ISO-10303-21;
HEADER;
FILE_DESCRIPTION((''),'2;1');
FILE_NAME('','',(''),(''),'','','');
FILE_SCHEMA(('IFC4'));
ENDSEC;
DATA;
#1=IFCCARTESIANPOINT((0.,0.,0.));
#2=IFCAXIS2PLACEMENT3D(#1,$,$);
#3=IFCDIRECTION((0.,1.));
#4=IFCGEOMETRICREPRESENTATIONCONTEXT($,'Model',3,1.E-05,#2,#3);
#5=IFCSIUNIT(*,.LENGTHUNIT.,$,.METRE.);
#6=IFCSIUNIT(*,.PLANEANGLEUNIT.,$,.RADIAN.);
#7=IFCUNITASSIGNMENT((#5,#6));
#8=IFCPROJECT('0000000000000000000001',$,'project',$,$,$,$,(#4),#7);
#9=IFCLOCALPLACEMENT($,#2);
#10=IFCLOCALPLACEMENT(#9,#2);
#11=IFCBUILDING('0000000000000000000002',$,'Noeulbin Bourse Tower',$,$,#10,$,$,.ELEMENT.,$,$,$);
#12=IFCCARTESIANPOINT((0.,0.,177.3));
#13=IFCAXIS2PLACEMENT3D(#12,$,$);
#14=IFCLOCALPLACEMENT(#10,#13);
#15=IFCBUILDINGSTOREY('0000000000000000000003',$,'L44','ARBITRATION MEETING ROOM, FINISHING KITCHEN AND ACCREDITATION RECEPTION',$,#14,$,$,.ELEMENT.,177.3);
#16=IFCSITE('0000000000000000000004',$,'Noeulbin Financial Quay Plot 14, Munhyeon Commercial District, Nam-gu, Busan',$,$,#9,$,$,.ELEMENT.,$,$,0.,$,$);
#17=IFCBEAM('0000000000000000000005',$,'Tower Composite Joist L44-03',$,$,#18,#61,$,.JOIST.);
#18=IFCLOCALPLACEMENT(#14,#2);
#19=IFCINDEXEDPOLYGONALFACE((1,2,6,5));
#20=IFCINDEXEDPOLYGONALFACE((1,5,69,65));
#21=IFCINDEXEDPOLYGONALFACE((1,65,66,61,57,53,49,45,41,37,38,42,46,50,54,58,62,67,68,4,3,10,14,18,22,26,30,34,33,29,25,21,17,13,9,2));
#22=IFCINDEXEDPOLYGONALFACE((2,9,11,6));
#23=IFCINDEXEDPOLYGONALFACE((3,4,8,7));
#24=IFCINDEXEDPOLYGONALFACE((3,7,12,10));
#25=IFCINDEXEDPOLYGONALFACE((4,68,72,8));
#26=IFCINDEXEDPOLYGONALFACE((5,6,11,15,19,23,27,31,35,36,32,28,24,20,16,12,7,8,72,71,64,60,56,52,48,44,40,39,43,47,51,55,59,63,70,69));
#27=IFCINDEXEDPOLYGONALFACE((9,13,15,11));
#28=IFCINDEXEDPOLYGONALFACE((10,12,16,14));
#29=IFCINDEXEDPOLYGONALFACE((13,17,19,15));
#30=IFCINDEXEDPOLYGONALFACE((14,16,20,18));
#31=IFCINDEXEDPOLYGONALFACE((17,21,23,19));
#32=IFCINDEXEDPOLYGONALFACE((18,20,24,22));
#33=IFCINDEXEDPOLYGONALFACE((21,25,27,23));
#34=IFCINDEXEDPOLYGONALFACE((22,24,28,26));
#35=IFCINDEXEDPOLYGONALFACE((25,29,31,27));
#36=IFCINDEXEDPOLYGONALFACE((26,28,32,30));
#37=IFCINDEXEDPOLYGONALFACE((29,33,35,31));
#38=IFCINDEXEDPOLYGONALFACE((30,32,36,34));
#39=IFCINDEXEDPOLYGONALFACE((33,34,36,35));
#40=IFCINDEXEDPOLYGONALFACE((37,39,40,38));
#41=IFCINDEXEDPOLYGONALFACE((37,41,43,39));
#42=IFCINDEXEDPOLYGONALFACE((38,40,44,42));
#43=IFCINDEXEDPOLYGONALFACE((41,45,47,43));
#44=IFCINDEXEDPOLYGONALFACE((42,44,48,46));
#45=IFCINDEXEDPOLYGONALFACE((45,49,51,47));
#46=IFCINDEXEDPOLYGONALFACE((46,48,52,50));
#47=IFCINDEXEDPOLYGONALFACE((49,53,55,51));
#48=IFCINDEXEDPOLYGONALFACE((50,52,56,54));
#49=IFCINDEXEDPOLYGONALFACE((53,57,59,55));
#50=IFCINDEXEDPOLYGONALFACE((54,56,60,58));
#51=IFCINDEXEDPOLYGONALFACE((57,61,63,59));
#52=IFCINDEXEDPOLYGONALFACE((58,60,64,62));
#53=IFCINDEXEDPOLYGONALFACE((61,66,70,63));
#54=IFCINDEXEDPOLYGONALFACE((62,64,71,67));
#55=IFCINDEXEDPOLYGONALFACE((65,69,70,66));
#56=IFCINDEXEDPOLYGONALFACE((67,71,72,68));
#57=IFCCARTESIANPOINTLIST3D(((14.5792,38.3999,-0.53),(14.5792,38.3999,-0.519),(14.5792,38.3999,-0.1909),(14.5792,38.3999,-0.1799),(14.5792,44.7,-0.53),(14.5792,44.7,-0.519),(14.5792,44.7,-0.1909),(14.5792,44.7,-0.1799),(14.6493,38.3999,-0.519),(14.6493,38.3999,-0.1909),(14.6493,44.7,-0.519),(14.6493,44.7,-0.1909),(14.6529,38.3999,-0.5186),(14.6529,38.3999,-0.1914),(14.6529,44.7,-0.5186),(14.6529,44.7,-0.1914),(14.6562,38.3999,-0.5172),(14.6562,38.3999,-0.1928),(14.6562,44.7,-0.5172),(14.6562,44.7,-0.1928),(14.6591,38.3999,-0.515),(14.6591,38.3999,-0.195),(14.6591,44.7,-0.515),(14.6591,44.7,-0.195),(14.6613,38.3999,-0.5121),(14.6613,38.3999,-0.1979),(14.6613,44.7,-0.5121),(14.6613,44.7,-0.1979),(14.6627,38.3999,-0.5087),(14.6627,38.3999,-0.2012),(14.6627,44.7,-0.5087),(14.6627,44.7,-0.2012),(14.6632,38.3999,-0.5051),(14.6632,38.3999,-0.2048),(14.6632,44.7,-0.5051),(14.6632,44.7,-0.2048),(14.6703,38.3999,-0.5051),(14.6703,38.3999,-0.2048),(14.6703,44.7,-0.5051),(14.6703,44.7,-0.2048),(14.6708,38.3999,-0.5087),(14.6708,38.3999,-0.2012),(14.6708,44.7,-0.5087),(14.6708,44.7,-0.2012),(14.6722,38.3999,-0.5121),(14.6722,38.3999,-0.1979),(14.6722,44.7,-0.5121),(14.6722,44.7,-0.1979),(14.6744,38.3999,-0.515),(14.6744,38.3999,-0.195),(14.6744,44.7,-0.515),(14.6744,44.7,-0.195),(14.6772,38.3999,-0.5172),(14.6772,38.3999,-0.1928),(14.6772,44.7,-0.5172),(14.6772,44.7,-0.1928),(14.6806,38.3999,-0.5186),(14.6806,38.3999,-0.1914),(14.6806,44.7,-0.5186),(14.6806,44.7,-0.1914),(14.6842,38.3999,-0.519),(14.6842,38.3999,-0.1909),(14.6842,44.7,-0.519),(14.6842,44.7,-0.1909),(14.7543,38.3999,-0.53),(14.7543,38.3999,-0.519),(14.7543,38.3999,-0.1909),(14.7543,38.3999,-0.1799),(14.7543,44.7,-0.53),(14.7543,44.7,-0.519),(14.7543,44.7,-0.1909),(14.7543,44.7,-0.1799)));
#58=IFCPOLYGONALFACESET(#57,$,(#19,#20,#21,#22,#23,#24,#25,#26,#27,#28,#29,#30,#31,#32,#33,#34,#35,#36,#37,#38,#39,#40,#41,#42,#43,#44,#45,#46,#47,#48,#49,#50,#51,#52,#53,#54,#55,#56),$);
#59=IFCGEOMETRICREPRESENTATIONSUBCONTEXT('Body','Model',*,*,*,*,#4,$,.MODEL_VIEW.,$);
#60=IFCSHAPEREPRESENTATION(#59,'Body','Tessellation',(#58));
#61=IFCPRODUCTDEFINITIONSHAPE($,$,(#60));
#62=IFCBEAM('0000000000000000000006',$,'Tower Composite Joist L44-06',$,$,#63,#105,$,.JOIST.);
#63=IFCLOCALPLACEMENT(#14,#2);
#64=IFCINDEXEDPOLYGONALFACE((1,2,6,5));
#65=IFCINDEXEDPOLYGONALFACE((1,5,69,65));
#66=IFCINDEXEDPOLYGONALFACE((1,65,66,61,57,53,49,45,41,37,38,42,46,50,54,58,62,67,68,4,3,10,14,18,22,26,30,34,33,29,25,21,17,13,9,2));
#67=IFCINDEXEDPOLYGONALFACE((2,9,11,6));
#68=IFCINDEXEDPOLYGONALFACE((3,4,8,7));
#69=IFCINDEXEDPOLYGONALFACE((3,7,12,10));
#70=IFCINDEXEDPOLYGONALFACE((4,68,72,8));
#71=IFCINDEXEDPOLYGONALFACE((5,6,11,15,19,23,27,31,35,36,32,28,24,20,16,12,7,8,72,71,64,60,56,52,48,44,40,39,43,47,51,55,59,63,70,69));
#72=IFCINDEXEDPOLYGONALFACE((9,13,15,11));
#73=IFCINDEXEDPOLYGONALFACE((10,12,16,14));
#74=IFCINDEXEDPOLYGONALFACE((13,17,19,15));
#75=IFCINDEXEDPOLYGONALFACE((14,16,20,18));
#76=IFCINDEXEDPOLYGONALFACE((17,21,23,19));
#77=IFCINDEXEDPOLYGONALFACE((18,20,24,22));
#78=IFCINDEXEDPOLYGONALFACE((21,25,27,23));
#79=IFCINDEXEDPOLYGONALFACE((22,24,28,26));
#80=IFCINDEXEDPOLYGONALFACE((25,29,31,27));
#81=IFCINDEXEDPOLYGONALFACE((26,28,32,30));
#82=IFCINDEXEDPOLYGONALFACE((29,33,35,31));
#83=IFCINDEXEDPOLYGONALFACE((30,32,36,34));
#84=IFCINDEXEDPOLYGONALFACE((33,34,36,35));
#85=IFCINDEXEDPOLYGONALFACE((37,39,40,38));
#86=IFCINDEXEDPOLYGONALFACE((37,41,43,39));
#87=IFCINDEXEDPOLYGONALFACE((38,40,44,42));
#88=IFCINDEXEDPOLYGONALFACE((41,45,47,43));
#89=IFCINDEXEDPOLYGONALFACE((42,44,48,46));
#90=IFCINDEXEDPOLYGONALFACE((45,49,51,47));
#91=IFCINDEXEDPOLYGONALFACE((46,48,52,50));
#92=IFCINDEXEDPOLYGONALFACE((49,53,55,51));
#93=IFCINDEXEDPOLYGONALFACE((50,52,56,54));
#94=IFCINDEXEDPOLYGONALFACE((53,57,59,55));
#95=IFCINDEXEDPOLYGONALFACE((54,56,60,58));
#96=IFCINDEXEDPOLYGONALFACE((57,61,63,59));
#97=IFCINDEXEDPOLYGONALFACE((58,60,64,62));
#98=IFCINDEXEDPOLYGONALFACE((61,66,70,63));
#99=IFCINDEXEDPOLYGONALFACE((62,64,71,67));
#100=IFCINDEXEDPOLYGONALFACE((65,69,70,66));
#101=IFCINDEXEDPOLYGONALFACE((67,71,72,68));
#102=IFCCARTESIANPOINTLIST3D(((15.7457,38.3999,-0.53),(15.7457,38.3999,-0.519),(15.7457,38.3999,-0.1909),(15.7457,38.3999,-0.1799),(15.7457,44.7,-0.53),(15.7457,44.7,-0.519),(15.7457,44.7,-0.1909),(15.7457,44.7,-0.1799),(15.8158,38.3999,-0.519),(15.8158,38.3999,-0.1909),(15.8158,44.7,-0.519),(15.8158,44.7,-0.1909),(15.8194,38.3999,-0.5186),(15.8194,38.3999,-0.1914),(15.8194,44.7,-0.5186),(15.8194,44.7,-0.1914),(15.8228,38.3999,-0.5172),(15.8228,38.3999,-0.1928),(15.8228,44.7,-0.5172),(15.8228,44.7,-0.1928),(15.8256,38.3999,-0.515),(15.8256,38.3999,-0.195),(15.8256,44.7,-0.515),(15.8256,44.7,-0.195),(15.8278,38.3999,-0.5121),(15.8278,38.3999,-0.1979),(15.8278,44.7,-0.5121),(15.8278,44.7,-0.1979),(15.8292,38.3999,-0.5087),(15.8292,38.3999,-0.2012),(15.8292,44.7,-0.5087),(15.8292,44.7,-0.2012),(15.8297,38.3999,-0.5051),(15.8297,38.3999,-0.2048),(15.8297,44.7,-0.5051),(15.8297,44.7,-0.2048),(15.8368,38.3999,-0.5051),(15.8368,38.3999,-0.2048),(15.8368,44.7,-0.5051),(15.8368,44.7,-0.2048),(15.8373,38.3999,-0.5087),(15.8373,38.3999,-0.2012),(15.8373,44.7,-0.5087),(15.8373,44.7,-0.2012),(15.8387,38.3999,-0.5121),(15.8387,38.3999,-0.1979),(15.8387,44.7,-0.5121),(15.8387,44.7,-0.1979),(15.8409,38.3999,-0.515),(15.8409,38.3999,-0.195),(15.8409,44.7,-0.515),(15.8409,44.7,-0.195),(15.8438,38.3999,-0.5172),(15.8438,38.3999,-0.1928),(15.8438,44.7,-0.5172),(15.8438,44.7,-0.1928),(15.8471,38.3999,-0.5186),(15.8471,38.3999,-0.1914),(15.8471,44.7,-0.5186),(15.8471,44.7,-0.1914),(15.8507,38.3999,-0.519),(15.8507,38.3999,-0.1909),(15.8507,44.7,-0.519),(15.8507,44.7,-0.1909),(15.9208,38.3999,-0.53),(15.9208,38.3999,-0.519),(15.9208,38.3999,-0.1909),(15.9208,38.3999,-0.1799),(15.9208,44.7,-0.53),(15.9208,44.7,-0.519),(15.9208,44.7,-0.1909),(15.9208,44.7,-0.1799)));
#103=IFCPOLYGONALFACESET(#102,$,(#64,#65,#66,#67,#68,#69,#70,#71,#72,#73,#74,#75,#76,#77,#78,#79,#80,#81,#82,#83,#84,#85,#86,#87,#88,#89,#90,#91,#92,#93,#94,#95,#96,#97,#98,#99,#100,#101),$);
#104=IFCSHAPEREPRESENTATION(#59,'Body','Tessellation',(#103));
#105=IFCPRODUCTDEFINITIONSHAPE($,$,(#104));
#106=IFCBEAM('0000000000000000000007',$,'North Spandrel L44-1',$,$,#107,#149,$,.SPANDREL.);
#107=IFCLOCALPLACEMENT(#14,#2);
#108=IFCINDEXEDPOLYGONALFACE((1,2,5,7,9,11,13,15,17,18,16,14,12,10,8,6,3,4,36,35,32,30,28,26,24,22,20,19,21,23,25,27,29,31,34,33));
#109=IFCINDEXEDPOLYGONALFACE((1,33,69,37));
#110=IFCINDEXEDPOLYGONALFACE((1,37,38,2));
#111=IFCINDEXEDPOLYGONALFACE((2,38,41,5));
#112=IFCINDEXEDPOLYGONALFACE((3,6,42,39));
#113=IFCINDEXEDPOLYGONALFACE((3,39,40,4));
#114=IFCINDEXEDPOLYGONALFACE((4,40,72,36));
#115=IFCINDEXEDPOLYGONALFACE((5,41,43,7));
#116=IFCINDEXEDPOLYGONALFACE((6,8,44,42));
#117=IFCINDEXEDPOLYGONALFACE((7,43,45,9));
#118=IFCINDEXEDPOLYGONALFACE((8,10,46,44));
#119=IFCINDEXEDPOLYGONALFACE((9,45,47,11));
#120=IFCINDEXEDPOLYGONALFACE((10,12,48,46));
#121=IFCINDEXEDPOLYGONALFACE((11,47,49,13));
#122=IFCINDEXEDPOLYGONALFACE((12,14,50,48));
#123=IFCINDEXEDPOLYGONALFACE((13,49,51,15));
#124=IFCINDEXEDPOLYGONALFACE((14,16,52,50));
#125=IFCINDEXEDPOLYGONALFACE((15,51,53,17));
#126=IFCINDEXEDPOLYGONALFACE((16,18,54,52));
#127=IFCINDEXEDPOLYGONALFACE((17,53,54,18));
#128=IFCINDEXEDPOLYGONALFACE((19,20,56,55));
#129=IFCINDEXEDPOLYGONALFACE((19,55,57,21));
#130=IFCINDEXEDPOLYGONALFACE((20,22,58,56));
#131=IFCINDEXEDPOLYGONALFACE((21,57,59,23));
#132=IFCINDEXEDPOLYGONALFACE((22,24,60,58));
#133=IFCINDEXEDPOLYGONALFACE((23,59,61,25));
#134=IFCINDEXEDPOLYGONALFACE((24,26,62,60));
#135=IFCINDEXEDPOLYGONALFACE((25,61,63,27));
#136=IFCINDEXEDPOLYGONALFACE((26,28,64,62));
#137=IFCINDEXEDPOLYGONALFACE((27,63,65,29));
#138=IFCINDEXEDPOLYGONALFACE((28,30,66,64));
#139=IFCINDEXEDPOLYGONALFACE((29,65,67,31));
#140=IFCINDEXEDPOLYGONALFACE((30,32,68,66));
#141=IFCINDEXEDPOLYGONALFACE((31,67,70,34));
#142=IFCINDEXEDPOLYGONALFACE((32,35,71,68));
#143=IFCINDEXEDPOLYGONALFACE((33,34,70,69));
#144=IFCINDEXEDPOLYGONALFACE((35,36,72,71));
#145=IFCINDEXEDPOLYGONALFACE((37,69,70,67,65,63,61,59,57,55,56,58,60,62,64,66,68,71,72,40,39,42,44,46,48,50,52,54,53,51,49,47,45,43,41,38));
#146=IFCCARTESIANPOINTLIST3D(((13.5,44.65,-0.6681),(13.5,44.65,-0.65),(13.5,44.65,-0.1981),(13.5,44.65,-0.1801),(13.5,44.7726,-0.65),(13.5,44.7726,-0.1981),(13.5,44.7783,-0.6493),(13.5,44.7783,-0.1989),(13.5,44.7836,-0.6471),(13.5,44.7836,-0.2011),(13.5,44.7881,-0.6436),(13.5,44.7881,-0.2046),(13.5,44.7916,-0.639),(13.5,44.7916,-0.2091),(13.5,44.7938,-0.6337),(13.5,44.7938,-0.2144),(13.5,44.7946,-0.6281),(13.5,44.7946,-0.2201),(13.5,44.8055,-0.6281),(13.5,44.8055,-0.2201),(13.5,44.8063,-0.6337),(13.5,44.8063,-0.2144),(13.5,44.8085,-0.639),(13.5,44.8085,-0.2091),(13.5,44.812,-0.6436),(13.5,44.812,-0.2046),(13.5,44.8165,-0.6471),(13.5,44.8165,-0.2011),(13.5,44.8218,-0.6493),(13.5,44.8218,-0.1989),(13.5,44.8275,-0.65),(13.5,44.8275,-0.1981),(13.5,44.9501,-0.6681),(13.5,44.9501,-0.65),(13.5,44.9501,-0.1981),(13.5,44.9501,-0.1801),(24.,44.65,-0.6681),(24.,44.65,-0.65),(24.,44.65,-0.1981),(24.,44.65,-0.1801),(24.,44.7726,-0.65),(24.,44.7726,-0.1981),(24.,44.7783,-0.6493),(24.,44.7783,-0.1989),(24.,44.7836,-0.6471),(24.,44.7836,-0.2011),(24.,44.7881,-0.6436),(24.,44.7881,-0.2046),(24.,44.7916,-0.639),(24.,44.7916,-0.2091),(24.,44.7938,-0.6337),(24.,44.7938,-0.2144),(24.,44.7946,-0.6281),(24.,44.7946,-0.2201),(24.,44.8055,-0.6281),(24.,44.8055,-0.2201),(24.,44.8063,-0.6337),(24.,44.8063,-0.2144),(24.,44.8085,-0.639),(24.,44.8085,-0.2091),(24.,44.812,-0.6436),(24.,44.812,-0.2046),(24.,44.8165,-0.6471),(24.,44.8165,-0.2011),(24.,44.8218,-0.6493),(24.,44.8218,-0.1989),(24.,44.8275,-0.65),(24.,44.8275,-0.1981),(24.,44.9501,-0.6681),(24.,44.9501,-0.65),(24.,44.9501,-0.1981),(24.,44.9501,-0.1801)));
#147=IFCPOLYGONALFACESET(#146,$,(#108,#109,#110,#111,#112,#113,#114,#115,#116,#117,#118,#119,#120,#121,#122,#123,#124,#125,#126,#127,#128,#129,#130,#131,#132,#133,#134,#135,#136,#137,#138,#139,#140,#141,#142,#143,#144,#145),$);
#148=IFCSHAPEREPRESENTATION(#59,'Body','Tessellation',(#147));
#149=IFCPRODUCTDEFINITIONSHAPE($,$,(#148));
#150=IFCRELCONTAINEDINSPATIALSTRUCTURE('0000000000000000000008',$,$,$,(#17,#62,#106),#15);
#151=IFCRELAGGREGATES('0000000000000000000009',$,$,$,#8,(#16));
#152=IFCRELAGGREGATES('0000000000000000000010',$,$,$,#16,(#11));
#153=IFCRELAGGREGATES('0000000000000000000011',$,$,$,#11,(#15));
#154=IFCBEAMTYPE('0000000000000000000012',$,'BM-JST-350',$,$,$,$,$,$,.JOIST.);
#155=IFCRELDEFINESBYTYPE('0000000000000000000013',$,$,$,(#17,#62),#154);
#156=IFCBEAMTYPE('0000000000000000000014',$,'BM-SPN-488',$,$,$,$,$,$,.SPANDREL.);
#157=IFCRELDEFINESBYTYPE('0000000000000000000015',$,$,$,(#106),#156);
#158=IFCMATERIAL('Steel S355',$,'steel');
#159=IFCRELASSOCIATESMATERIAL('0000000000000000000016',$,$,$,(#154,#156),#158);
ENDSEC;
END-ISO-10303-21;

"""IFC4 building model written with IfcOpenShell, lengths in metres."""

from ifc_helpers import new_model, si_unit, direction, frame, origin, origin_2d, place, context, subcontext, project, spatial, i_section, extrude, material, material_profile, profile_set, type_object, element, save


model = new_model("IFC4")

# Units and contexts
model_context = context("Model", 3, precision=1e-05, world=origin(), true_north=direction((0.0, 1.0)))
body_context = subcontext(model_context, "Body", "Model", "MODEL_VIEW")
ifc_project = project(units=[si_unit("LENGTHUNIT", "METRE"), si_unit("PLANEANGLEUNIT", "RADIAN")], contexts=[model_context])

# Site, building, storey
site_placement = place(None, origin())
site = spatial("IfcSite", under=ifc_project, at=site_placement, Name="Noeulbin Financial Quay Plot 14, Munhyeon Commercial District, Nam-gu, Busan", CompositionType="ELEMENT", RefElevation=0.0)
building_placement = place(site_placement, origin())
building = spatial("IfcBuilding", under=site, at=building_placement, Name="Noeulbin Bourse Tower", CompositionType="ELEMENT")
storey_placement = place(building_placement, frame((0.0, 0.0, 177.3)))
storey = spatial("IfcBuildingStorey", under=building, at=storey_placement, Name="L44", Description="ARBITRATION MEETING ROOM, FINISHING KITCHEN AND ACCREDITATION RECEPTION", CompositionType="ELEMENT", Elevation=177.3)

# Shared definitions
ifc_material_1 = material(Name="Steel S355", Category="steel")

# Beams
ifc_material_profile_1 = material_profile(ifc_material_1, i_section(OverallWidth=0.175, OverallDepth=0.3501, WebThickness=0.0071, FlangeThickness=0.011, FilletRadius=0.0139, at=origin_2d()), Name="H-350x175x7x11", Category="LoadBearing")
ifc_profile_set_1 = profile_set([ifc_material_profile_1], Name="Steel S355")
beam_type_1 = type_object("IfcBeamType", Name="BM-JST-350", PredefinedType="JOIST", material=ifc_profile_set_1)
for number, where, z_axis, x_axis, name in (
    (1, (14.6667, 38.3999, -0.355), (0.0, 1.0, 0.0), (-1.0, 0.0, 0.0), "Tower Composite Joist L44-03"),
    (2, (15.8333, 38.3999, -0.355), (0.0, 1.0, 0.0), (-1.0, 0.0, 0.0), "Tower Composite Joist L44-06"),
):
    element("IfcBeam", number, at=place(storey_placement, frame(where, z_axis=z_axis, x_axis=x_axis)), inside=storey, type_object=beam_type_1, Name=name, PredefinedType="JOIST", context=body_context, shape_type="SweptSolid", body=[
        extrude(i_section(OverallWidth=0.175, OverallDepth=0.3501, WebThickness=0.0071, FlangeThickness=0.011, FilletRadius=0.0139, at=origin_2d()), origin(), (0.0, 0.0, 1.0), 6.3),
    ])
ifc_material_profile_2 = material_profile(ifc_material_1, i_section(OverallWidth=0.3, OverallDepth=0.488, WebThickness=0.011, FlangeThickness=0.0181, FilletRadius=0.022, at=origin_2d()), Name="H-488x300x11x18", Category="LoadBearing")
ifc_profile_set_2 = profile_set([ifc_material_profile_2], Name="Steel S355")
beam_type_2 = type_object("IfcBeamType", Name="BM-SPN-488", PredefinedType="SPANDREL", material=ifc_profile_set_2)
beam_1_placement = place(storey_placement, frame((13.5, 44.8, -0.4241), z_axis=(1.0, 0.0, 0.0), x_axis=(0.0, 1.0, 0.0)))
element("IfcBeam", 3, at=beam_1_placement, inside=storey, type_object=beam_type_2, Name="North Spandrel L44-1", PredefinedType="SPANDREL", context=body_context, shape_type="SweptSolid", body=[
    extrude(i_section(OverallWidth=0.3, OverallDepth=0.488, WebThickness=0.011, FlangeThickness=0.0181, FilletRadius=0.022, at=origin_2d()), origin(), (0.0, 0.0, 1.0), 10.5),
])

save(model, "model.ifc")
